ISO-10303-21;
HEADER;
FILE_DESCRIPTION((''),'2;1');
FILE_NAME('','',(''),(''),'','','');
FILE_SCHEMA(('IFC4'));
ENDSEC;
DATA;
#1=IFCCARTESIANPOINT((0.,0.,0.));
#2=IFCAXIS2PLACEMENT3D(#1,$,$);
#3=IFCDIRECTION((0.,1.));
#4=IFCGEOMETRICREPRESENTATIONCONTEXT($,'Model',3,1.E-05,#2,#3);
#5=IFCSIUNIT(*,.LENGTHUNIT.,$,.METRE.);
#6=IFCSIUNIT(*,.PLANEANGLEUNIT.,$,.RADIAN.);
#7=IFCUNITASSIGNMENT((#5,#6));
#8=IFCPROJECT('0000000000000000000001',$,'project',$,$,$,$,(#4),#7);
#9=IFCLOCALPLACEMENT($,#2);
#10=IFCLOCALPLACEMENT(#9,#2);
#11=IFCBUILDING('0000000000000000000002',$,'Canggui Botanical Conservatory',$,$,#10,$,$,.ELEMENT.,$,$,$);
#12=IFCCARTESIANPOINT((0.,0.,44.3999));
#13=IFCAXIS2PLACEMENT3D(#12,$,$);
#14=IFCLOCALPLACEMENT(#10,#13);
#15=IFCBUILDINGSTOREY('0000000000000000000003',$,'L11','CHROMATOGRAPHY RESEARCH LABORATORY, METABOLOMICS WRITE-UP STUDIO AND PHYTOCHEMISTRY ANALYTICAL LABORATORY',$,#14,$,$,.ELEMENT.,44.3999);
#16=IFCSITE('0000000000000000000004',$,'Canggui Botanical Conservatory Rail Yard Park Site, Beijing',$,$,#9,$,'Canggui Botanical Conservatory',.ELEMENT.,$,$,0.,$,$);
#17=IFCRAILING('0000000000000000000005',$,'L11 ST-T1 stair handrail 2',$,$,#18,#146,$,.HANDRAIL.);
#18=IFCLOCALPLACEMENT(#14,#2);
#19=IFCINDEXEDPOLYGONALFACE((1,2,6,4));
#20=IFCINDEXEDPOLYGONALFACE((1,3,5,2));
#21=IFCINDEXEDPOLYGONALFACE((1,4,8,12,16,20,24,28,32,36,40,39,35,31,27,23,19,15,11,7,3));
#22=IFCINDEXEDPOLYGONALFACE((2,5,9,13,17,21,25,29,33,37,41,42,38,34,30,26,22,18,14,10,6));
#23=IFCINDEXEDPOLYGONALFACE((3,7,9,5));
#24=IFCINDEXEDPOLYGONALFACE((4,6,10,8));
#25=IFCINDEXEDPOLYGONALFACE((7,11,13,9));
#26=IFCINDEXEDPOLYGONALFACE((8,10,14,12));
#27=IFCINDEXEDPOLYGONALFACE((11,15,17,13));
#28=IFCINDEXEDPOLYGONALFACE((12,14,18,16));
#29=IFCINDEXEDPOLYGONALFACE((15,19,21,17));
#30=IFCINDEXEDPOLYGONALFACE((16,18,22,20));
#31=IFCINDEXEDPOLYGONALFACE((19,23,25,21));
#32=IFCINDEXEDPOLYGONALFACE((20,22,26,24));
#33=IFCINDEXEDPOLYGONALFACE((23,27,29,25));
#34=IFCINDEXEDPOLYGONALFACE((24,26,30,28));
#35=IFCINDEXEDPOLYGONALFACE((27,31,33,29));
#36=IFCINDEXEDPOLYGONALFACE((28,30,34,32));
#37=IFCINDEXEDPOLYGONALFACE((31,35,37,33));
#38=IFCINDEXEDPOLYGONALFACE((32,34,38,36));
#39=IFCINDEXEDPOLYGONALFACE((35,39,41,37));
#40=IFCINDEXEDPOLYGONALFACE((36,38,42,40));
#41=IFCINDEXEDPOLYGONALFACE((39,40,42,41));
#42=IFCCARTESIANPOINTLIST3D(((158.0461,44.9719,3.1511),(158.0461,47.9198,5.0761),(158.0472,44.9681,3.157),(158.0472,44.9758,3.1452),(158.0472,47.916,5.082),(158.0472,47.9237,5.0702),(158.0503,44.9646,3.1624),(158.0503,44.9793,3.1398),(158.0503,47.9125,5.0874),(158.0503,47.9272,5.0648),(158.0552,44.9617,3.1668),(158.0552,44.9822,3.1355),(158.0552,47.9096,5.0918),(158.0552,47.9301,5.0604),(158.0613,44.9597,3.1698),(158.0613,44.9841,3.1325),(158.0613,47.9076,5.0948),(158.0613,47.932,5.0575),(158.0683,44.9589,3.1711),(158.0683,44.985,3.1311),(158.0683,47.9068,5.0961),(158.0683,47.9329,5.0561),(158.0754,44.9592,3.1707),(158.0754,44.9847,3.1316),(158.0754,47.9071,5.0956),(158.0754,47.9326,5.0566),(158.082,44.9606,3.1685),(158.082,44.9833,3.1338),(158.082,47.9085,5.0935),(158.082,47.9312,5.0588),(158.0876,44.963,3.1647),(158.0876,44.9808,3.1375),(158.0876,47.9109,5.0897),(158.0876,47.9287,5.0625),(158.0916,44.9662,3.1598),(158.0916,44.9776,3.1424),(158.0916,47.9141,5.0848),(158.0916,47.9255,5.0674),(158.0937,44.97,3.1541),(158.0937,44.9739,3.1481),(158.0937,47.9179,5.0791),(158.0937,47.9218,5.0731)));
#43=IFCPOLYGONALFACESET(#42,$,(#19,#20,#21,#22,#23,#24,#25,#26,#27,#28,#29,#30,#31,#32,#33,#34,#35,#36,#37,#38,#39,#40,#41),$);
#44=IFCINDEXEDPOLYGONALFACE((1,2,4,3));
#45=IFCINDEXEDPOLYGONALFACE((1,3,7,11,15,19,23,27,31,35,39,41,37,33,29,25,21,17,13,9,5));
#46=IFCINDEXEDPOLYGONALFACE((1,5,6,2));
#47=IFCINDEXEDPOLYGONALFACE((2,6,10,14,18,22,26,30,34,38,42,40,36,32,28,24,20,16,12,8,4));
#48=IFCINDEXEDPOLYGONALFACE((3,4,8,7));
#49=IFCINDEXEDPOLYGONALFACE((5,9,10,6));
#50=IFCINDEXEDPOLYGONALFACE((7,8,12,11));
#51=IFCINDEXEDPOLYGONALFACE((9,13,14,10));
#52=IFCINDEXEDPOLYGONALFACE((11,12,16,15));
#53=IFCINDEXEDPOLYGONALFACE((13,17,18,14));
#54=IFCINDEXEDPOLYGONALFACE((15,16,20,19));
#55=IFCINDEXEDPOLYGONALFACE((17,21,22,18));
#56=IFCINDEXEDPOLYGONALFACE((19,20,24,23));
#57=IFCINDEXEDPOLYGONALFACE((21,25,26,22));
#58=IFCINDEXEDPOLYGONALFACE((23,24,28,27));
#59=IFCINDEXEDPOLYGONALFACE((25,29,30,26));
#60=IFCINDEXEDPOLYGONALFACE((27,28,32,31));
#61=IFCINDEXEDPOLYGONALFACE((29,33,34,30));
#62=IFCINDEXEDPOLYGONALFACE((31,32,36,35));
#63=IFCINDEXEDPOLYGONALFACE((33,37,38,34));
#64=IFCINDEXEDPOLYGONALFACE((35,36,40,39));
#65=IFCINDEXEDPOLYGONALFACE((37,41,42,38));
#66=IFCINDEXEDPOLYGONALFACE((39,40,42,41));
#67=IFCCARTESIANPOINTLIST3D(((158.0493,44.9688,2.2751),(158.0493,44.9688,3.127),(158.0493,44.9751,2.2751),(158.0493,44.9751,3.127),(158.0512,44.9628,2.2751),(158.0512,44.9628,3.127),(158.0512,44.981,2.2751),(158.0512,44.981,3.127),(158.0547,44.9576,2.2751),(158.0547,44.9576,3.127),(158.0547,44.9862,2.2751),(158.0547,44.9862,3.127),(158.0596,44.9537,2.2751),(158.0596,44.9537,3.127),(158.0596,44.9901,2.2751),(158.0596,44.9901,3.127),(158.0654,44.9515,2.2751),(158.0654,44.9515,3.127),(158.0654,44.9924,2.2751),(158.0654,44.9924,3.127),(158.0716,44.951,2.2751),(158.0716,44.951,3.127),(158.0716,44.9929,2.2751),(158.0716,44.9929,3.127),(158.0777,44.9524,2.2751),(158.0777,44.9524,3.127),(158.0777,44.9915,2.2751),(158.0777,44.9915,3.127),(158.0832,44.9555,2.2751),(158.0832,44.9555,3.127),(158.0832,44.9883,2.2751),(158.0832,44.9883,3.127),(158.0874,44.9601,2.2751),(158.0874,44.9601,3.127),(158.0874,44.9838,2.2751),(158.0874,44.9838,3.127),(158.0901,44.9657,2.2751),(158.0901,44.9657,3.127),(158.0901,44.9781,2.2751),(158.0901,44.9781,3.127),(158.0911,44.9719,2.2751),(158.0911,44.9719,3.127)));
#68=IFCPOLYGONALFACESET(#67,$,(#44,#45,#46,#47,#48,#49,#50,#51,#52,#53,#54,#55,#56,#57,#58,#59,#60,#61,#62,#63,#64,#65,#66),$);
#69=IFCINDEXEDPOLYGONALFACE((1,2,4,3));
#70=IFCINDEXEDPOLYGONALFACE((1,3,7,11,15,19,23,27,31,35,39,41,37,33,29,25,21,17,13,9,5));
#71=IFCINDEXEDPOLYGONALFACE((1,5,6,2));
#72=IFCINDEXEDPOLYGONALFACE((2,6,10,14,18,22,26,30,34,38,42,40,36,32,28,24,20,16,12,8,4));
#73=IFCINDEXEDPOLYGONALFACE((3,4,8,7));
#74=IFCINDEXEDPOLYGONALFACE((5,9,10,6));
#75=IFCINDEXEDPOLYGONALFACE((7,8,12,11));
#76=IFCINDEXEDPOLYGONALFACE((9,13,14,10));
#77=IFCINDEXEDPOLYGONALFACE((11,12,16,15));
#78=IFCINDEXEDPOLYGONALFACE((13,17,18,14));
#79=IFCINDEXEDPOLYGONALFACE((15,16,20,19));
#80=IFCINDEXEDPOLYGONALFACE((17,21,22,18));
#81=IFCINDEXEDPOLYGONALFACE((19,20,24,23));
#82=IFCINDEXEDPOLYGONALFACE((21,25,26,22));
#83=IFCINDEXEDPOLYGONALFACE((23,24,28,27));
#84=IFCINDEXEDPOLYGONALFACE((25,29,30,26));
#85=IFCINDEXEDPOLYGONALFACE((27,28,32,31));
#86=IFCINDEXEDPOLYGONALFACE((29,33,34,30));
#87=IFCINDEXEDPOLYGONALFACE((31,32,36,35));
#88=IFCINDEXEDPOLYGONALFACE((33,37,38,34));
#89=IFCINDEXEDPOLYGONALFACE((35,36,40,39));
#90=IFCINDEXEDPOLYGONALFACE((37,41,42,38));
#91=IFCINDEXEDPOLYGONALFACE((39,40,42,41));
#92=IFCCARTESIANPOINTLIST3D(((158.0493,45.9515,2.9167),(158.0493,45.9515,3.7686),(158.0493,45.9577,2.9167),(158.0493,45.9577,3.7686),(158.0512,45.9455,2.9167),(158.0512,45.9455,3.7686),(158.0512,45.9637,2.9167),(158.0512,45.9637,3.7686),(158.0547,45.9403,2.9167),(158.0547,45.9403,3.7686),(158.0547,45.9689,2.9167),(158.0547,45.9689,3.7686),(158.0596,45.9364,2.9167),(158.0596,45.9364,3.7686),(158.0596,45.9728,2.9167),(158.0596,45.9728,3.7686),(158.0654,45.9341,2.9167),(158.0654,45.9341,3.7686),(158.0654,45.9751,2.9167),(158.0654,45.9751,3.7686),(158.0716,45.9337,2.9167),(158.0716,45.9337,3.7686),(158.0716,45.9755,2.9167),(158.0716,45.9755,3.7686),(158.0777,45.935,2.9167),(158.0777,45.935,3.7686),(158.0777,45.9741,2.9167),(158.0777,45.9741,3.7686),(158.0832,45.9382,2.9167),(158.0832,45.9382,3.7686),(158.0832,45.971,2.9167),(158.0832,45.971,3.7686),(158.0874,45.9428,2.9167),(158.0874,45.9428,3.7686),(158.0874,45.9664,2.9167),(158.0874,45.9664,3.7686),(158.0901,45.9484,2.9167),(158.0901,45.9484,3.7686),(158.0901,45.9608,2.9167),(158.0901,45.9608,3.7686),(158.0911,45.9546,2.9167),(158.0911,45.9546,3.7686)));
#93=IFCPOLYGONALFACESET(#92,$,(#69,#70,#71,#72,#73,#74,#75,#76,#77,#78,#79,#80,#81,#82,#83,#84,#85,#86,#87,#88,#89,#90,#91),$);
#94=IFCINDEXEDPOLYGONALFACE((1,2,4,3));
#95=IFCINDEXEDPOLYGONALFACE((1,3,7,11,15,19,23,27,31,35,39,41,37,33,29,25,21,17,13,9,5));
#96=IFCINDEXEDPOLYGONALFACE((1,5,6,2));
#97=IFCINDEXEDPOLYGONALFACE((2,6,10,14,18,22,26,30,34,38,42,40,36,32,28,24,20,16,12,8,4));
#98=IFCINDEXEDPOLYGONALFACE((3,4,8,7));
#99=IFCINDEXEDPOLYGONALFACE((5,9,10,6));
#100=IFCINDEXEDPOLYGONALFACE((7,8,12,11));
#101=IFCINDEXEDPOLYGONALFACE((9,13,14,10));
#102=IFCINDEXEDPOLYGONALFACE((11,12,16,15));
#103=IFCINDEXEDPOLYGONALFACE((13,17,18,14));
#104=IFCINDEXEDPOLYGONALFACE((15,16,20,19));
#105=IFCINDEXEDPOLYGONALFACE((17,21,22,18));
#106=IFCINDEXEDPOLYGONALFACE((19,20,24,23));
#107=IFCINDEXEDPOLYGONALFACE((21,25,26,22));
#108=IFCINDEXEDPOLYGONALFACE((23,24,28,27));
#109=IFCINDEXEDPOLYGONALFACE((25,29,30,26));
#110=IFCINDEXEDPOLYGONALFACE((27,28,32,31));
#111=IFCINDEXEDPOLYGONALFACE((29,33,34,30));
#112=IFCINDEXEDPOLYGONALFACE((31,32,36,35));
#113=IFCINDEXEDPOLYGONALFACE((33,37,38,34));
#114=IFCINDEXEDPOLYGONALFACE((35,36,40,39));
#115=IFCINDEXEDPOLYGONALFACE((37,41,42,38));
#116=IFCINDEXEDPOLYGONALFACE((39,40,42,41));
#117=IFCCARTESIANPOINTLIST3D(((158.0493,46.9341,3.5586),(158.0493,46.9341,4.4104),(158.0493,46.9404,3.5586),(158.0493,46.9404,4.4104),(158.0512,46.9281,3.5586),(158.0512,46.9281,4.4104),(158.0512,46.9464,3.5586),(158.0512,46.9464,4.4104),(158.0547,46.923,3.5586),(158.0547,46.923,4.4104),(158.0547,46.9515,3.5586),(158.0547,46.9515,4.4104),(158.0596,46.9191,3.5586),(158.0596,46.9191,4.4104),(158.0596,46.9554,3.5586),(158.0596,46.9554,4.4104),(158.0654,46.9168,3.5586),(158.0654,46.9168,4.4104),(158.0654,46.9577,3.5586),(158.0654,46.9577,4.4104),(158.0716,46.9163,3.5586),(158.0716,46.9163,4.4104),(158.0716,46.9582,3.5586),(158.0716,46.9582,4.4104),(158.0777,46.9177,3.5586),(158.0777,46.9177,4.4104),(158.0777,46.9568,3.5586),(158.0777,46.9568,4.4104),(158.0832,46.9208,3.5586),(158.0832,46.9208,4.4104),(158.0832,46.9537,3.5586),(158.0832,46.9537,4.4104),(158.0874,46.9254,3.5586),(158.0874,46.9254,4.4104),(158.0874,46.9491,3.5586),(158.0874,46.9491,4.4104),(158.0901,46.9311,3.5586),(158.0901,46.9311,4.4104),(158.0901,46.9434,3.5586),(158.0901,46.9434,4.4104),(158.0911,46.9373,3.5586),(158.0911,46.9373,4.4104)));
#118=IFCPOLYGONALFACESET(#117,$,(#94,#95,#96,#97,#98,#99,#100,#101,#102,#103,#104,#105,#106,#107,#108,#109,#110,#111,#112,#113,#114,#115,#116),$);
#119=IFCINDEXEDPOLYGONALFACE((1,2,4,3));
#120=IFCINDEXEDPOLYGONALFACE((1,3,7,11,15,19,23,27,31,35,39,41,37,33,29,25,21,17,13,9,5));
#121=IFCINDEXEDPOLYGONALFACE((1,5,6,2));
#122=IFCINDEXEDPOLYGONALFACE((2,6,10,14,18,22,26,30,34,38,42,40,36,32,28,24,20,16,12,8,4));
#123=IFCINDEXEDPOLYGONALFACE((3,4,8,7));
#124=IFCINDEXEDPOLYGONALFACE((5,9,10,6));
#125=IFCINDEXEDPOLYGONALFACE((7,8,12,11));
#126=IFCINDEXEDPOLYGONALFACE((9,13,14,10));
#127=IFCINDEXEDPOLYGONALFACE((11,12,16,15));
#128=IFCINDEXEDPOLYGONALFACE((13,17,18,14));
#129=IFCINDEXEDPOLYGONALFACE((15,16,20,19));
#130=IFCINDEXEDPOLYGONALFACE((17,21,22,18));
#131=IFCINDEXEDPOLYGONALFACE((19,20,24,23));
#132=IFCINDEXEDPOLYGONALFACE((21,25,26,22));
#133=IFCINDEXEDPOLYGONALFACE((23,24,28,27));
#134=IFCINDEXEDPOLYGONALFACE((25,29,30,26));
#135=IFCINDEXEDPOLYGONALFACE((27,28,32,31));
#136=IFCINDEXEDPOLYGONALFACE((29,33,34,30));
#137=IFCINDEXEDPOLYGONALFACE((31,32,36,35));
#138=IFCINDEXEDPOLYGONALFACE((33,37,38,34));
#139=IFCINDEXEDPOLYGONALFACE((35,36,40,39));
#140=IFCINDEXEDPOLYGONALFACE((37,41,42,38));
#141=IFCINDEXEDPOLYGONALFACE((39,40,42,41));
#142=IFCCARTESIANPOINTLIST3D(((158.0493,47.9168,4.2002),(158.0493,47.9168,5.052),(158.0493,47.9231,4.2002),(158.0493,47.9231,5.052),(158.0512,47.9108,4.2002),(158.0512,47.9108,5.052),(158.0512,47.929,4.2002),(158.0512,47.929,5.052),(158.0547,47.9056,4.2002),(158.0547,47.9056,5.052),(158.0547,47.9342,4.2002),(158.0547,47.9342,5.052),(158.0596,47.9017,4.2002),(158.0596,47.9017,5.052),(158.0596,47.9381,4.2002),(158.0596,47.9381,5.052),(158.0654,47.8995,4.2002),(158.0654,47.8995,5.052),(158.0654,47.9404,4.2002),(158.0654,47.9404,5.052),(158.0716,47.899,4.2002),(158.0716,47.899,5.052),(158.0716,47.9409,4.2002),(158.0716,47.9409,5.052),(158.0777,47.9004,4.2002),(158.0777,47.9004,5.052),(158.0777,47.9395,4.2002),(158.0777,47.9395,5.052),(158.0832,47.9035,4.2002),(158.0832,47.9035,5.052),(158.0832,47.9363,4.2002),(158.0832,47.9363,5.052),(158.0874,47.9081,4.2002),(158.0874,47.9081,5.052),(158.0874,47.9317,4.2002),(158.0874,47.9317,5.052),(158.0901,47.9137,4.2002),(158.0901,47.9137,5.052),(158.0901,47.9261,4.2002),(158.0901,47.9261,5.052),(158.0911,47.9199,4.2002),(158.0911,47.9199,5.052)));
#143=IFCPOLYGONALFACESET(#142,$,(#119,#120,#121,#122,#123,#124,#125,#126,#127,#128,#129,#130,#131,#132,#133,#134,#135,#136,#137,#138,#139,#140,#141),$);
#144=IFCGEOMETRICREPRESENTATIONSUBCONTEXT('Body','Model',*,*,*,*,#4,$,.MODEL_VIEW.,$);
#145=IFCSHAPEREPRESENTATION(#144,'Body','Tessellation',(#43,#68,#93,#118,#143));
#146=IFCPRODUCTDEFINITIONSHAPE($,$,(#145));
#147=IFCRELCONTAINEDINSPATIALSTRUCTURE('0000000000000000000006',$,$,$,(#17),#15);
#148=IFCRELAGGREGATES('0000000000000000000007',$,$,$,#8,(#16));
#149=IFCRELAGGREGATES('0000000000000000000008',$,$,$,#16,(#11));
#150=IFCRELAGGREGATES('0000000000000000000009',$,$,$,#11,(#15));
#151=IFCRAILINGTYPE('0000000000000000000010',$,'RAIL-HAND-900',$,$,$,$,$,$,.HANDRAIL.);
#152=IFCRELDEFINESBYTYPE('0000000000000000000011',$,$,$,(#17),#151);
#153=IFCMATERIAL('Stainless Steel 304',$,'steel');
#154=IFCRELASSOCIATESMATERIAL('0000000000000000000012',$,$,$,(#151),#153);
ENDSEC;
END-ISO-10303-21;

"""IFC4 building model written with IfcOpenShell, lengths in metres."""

from ifc_helpers import new_model, si_unit, direction, frame, origin, origin_2d, place, context, subcontext, project, spatial, circle, extrude, material, type_object, element, save


model = new_model("IFC4")

# Units and contexts
model_context = context("Model", 3, precision=1e-05, world=origin(), true_north=direction((0.0, 1.0)))
body_context = subcontext(model_context, "Body", "Model", "MODEL_VIEW")
ifc_project = project(units=[si_unit("LENGTHUNIT", "METRE"), si_unit("PLANEANGLEUNIT", "RADIAN")], contexts=[model_context])

# Site, building, storey
site_placement = place(None, origin())
site = spatial("IfcSite", under=ifc_project, at=site_placement, Name="Canggui Botanical Conservatory Rail Yard Park Site, Beijing", LongName="Canggui Botanical Conservatory", CompositionType="ELEMENT", RefElevation=0.0)
building_placement = place(site_placement, origin())
building = spatial("IfcBuilding", under=site, at=building_placement, Name="Canggui Botanical Conservatory", CompositionType="ELEMENT")
storey_placement = place(building_placement, frame((0.0, 0.0, 44.3999)))
storey = spatial("IfcBuildingStorey", under=building, at=storey_placement, Name="L11", Description="CHROMATOGRAPHY RESEARCH LABORATORY, METABOLOMICS WRITE-UP STUDIO AND PHYTOCHEMISTRY ANALYTICAL LABORATORY", CompositionType="ELEMENT", Elevation=44.3999)

# Shared definitions
ifc_material_1 = material(Name="Stainless Steel 304", Category="steel")

# Railing
railing_type = type_object("IfcRailingType", Name="RAIL-HAND-900", PredefinedType="HANDRAIL", material=ifc_material_1)
railing_placement = place(storey_placement, frame((158.0701, 44.9719, 2.2751)))
element("IfcRailing", 1, at=railing_placement, inside=storey, type_object=railing_type, Name="L11 ST-T1 stair handrail 2", PredefinedType="HANDRAIL", context=body_context, shape_type="SweptSolid", body=[
    extrude(circle(Radius=0.0239, at=origin_2d()), frame((0.0, 0.0, 0.876), z_axis=(0.0, 0.837293, 0.546754), x_axis=(-1.0, 0.0, 0.0)), (0.0, 0.0, 1.0), 3.5208),
    extrude(circle(Radius=0.021, at=origin_2d()), origin(), (0.0, 0.0, 1.0), 0.8518),
    extrude(circle(Radius=0.021, at=origin_2d()), frame((0.0, 0.9827, 0.6416)), (0.0, 0.0, 1.0), 0.8518),
    extrude(circle(Radius=0.021, at=origin_2d()), frame((0.0, 1.9653, 1.2834)), (0.0, 0.0, 1.0), 0.8518),
    extrude(circle(Radius=0.021, at=origin_2d()), frame((0.0, 2.948, 1.925)), (0.0, 0.0, 1.0), 0.8518),
])

save(model, "model.ifc")
